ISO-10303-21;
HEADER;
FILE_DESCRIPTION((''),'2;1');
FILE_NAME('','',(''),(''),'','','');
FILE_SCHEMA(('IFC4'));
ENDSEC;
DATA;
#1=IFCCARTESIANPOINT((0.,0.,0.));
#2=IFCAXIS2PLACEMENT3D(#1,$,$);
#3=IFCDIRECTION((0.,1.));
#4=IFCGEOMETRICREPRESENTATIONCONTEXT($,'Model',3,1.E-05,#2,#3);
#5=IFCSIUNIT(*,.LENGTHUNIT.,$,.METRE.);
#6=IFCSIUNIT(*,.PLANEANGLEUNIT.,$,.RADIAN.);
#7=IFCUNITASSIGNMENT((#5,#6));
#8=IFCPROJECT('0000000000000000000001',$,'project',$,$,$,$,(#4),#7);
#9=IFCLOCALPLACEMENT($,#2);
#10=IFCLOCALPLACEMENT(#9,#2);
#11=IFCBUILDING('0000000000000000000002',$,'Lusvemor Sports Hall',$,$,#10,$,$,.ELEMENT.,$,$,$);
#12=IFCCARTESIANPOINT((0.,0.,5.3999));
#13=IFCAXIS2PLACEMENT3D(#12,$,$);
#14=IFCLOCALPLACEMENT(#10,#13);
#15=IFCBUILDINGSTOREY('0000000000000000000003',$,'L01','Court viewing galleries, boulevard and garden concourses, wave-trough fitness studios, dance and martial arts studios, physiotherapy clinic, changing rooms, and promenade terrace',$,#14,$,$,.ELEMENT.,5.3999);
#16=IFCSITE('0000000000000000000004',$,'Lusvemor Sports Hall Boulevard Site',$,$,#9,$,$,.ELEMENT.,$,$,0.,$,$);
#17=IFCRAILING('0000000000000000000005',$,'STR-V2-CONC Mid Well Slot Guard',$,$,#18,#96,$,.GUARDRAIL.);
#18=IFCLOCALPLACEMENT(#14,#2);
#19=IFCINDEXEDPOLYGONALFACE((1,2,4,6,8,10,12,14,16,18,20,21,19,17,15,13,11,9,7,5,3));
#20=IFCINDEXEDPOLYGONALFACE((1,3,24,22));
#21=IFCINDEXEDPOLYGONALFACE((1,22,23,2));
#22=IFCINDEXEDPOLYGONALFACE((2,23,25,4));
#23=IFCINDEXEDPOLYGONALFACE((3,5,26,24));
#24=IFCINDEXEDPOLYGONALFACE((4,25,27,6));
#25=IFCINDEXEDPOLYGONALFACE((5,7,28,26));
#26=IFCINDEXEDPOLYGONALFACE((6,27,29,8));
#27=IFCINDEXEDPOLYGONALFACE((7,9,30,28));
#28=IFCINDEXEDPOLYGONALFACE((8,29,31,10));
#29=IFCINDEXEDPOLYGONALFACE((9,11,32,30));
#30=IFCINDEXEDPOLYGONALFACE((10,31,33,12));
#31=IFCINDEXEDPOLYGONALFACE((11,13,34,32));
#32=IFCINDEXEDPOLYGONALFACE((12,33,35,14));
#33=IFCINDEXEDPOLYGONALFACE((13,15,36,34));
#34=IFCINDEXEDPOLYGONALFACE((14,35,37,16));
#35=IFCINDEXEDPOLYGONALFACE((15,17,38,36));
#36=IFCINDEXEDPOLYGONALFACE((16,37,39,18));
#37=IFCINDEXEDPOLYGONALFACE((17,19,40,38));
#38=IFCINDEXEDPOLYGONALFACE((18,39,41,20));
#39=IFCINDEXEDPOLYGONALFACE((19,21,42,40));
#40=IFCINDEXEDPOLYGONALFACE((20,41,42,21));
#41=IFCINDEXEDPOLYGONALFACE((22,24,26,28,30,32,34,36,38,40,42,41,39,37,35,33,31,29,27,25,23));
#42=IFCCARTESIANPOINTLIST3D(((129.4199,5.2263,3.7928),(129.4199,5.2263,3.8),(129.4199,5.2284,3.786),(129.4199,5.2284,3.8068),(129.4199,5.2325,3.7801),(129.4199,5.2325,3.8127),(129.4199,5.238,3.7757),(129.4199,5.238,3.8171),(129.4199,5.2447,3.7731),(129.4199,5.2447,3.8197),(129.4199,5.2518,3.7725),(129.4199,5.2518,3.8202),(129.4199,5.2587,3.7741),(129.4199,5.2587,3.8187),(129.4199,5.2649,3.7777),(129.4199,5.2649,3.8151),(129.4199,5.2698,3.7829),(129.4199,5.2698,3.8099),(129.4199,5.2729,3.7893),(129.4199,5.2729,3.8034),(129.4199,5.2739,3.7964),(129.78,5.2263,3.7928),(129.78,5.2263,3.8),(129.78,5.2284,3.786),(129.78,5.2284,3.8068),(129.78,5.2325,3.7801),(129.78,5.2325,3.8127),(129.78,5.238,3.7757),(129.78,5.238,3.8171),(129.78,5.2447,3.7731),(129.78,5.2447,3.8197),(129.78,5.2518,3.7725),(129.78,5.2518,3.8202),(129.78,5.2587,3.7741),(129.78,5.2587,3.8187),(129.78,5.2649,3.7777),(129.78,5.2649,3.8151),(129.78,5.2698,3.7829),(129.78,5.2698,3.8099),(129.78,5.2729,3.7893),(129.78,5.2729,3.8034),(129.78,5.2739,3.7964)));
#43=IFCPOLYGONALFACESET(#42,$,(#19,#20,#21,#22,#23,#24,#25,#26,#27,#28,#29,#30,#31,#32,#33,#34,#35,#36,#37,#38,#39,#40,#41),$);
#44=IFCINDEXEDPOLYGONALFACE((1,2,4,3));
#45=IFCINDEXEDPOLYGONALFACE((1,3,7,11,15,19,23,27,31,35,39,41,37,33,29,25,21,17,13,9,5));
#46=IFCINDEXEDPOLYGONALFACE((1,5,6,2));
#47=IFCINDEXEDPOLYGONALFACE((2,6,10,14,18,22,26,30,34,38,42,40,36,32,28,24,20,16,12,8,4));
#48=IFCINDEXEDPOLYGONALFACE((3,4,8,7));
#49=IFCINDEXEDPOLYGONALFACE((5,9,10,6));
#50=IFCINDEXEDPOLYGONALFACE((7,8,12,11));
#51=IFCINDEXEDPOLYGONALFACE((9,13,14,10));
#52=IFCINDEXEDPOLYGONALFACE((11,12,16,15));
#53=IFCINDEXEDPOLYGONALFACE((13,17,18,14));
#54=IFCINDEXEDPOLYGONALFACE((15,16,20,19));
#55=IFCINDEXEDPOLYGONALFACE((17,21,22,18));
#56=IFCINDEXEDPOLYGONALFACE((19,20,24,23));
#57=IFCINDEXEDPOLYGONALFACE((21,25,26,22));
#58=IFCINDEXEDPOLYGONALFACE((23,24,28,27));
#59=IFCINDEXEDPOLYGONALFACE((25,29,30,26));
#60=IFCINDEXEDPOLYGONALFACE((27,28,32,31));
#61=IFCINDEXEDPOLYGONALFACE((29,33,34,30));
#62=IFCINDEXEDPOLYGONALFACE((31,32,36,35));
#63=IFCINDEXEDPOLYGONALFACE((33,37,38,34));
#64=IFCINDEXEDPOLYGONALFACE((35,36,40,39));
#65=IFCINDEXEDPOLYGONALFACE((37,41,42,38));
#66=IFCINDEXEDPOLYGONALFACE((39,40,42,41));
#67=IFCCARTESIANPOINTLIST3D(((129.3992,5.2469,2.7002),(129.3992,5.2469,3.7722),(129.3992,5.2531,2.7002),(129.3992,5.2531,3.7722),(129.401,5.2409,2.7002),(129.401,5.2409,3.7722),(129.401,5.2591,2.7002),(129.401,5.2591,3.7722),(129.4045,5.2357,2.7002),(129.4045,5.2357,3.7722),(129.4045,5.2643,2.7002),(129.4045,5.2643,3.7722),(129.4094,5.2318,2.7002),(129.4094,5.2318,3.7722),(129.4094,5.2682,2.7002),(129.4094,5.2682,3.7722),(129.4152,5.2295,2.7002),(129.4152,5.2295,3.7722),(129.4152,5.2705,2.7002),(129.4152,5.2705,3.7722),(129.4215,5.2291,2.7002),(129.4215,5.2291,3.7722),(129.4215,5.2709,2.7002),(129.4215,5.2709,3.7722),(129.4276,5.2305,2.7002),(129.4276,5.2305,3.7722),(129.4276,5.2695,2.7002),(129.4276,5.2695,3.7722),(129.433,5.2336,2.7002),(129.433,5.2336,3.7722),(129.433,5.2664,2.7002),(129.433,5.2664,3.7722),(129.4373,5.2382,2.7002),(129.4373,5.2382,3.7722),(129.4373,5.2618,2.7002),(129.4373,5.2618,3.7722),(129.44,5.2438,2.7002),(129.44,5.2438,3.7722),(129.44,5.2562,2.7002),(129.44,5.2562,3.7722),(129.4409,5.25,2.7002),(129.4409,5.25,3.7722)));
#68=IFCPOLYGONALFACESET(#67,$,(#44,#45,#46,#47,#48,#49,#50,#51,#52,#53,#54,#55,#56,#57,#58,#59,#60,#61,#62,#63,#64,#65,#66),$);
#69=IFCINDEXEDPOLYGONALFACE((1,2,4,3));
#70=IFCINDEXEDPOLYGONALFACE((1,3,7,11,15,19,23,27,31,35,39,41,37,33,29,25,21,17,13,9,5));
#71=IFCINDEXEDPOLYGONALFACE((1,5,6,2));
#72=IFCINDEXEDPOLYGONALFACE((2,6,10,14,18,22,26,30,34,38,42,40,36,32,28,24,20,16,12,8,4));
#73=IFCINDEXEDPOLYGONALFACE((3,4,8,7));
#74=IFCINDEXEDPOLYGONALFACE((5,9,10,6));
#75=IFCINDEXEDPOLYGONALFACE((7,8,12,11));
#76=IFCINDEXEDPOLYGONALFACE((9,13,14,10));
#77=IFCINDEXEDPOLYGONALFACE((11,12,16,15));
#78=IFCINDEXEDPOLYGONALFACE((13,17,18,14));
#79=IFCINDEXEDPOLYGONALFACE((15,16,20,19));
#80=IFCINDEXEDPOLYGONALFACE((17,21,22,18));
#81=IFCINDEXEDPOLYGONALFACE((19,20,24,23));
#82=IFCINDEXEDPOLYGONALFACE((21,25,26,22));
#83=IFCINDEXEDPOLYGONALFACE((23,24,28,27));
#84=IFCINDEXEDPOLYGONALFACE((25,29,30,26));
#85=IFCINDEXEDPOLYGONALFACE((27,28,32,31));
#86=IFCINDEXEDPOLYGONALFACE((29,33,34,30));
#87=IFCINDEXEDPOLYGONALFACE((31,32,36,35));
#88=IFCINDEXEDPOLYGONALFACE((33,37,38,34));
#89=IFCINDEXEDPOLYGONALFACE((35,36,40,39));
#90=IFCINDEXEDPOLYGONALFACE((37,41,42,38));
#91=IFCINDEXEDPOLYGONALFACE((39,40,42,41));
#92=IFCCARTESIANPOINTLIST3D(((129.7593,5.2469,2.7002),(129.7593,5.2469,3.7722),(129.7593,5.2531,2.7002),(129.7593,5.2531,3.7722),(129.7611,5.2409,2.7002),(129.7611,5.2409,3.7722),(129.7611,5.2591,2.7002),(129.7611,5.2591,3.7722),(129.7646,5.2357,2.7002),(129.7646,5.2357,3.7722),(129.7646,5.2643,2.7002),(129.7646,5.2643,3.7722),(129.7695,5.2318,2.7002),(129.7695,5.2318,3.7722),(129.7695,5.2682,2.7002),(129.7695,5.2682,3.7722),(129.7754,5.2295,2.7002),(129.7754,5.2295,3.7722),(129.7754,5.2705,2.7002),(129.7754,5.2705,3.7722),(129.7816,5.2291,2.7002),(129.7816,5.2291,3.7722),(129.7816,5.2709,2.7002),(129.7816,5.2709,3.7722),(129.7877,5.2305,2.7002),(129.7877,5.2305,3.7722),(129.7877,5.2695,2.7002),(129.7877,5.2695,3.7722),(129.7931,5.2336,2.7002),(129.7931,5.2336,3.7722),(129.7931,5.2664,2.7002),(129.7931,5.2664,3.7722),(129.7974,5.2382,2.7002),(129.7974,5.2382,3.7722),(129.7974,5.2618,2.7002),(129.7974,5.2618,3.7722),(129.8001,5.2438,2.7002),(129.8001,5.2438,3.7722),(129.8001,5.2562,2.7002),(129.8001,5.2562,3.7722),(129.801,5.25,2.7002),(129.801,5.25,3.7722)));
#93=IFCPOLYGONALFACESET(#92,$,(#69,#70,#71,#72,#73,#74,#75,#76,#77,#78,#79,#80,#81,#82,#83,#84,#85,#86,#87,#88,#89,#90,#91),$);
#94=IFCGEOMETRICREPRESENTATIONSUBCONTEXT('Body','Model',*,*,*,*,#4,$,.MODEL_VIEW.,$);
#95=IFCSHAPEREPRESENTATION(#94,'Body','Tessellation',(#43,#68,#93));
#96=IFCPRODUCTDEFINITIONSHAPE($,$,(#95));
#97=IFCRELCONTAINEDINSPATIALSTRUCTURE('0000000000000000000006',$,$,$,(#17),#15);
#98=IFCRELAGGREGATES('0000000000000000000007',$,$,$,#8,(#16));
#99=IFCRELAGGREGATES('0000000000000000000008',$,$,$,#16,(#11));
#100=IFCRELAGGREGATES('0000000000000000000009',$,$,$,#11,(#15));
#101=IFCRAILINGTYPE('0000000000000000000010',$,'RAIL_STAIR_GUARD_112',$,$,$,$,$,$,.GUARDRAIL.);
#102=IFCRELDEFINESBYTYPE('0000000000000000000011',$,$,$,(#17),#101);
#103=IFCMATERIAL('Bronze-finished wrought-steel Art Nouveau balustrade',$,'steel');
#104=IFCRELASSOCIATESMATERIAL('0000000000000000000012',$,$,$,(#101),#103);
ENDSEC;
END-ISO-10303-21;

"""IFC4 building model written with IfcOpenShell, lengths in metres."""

from ifc_helpers import new_model, si_unit, direction, frame, origin, origin_2d, place, context, subcontext, project, spatial, circle, extrude, material, type_object, element, save


model = new_model("IFC4")

# Units and contexts
model_context = context("Model", 3, precision=1e-05, world=origin(), true_north=direction((0.0, 1.0)))
body_context = subcontext(model_context, "Body", "Model", "MODEL_VIEW")
ifc_project = project(units=[si_unit("LENGTHUNIT", "METRE"), si_unit("PLANEANGLEUNIT", "RADIAN")], contexts=[model_context])

# Site, building, storey
site_placement = place(None, origin())
site = spatial("IfcSite", under=ifc_project, at=site_placement, Name="Lusvemor Sports Hall Boulevard Site", CompositionType="ELEMENT", RefElevation=0.0)
building_placement = place(site_placement, origin())
building = spatial("IfcBuilding", under=site, at=building_placement, Name="Lusvemor Sports Hall", CompositionType="ELEMENT")
storey_placement = place(building_placement, frame((0.0, 0.0, 5.3999)))
storey = spatial("IfcBuildingStorey", under=building, at=storey_placement, Name="L01", Description="Court viewing galleries, boulevard and garden concourses, wave-trough fitness studios, dance and martial arts studios, physiotherapy clinic, changing rooms, and promenade terrace", CompositionType="ELEMENT", Elevation=5.3999)

# Railing
ifc_material_1 = material(Name="Bronze-finished wrought-steel Art Nouveau balustrade", Category="steel")
railing_type_1 = type_object("IfcRailingType", Name="RAIL_STAIR_GUARD_112", PredefinedType="GUARDRAIL", material=ifc_material_1)
railing_1_placement = place(storey_placement, frame((129.4199, 5.25, 2.7002)))
element("IfcRailing", 1, at=railing_1_placement, inside=storey, type_object=railing_type_1, Name="STR-V2-CONC Mid Well Slot Guard", PredefinedType="GUARDRAIL", context=body_context, shape_type="SweptSolid", body=[
    extrude(circle(Radius=0.0239, at=origin_2d()), frame((0.0, 0.0, 1.0962), z_axis=(1.0, 0.0, 0.0), x_axis=(0.0, 1.0, 0.0)), (0.0, 0.0, 1.0), 0.3601),
    extrude(circle(Radius=0.021, at=origin_2d()), origin(), (0.0, 0.0, 1.0), 1.072),
    extrude(circle(Radius=0.021, at=origin_2d()), frame((0.3601, 0.0, 0.0)), (0.0, 0.0, 1.0), 1.072),
])

save(model, "model.ifc")
